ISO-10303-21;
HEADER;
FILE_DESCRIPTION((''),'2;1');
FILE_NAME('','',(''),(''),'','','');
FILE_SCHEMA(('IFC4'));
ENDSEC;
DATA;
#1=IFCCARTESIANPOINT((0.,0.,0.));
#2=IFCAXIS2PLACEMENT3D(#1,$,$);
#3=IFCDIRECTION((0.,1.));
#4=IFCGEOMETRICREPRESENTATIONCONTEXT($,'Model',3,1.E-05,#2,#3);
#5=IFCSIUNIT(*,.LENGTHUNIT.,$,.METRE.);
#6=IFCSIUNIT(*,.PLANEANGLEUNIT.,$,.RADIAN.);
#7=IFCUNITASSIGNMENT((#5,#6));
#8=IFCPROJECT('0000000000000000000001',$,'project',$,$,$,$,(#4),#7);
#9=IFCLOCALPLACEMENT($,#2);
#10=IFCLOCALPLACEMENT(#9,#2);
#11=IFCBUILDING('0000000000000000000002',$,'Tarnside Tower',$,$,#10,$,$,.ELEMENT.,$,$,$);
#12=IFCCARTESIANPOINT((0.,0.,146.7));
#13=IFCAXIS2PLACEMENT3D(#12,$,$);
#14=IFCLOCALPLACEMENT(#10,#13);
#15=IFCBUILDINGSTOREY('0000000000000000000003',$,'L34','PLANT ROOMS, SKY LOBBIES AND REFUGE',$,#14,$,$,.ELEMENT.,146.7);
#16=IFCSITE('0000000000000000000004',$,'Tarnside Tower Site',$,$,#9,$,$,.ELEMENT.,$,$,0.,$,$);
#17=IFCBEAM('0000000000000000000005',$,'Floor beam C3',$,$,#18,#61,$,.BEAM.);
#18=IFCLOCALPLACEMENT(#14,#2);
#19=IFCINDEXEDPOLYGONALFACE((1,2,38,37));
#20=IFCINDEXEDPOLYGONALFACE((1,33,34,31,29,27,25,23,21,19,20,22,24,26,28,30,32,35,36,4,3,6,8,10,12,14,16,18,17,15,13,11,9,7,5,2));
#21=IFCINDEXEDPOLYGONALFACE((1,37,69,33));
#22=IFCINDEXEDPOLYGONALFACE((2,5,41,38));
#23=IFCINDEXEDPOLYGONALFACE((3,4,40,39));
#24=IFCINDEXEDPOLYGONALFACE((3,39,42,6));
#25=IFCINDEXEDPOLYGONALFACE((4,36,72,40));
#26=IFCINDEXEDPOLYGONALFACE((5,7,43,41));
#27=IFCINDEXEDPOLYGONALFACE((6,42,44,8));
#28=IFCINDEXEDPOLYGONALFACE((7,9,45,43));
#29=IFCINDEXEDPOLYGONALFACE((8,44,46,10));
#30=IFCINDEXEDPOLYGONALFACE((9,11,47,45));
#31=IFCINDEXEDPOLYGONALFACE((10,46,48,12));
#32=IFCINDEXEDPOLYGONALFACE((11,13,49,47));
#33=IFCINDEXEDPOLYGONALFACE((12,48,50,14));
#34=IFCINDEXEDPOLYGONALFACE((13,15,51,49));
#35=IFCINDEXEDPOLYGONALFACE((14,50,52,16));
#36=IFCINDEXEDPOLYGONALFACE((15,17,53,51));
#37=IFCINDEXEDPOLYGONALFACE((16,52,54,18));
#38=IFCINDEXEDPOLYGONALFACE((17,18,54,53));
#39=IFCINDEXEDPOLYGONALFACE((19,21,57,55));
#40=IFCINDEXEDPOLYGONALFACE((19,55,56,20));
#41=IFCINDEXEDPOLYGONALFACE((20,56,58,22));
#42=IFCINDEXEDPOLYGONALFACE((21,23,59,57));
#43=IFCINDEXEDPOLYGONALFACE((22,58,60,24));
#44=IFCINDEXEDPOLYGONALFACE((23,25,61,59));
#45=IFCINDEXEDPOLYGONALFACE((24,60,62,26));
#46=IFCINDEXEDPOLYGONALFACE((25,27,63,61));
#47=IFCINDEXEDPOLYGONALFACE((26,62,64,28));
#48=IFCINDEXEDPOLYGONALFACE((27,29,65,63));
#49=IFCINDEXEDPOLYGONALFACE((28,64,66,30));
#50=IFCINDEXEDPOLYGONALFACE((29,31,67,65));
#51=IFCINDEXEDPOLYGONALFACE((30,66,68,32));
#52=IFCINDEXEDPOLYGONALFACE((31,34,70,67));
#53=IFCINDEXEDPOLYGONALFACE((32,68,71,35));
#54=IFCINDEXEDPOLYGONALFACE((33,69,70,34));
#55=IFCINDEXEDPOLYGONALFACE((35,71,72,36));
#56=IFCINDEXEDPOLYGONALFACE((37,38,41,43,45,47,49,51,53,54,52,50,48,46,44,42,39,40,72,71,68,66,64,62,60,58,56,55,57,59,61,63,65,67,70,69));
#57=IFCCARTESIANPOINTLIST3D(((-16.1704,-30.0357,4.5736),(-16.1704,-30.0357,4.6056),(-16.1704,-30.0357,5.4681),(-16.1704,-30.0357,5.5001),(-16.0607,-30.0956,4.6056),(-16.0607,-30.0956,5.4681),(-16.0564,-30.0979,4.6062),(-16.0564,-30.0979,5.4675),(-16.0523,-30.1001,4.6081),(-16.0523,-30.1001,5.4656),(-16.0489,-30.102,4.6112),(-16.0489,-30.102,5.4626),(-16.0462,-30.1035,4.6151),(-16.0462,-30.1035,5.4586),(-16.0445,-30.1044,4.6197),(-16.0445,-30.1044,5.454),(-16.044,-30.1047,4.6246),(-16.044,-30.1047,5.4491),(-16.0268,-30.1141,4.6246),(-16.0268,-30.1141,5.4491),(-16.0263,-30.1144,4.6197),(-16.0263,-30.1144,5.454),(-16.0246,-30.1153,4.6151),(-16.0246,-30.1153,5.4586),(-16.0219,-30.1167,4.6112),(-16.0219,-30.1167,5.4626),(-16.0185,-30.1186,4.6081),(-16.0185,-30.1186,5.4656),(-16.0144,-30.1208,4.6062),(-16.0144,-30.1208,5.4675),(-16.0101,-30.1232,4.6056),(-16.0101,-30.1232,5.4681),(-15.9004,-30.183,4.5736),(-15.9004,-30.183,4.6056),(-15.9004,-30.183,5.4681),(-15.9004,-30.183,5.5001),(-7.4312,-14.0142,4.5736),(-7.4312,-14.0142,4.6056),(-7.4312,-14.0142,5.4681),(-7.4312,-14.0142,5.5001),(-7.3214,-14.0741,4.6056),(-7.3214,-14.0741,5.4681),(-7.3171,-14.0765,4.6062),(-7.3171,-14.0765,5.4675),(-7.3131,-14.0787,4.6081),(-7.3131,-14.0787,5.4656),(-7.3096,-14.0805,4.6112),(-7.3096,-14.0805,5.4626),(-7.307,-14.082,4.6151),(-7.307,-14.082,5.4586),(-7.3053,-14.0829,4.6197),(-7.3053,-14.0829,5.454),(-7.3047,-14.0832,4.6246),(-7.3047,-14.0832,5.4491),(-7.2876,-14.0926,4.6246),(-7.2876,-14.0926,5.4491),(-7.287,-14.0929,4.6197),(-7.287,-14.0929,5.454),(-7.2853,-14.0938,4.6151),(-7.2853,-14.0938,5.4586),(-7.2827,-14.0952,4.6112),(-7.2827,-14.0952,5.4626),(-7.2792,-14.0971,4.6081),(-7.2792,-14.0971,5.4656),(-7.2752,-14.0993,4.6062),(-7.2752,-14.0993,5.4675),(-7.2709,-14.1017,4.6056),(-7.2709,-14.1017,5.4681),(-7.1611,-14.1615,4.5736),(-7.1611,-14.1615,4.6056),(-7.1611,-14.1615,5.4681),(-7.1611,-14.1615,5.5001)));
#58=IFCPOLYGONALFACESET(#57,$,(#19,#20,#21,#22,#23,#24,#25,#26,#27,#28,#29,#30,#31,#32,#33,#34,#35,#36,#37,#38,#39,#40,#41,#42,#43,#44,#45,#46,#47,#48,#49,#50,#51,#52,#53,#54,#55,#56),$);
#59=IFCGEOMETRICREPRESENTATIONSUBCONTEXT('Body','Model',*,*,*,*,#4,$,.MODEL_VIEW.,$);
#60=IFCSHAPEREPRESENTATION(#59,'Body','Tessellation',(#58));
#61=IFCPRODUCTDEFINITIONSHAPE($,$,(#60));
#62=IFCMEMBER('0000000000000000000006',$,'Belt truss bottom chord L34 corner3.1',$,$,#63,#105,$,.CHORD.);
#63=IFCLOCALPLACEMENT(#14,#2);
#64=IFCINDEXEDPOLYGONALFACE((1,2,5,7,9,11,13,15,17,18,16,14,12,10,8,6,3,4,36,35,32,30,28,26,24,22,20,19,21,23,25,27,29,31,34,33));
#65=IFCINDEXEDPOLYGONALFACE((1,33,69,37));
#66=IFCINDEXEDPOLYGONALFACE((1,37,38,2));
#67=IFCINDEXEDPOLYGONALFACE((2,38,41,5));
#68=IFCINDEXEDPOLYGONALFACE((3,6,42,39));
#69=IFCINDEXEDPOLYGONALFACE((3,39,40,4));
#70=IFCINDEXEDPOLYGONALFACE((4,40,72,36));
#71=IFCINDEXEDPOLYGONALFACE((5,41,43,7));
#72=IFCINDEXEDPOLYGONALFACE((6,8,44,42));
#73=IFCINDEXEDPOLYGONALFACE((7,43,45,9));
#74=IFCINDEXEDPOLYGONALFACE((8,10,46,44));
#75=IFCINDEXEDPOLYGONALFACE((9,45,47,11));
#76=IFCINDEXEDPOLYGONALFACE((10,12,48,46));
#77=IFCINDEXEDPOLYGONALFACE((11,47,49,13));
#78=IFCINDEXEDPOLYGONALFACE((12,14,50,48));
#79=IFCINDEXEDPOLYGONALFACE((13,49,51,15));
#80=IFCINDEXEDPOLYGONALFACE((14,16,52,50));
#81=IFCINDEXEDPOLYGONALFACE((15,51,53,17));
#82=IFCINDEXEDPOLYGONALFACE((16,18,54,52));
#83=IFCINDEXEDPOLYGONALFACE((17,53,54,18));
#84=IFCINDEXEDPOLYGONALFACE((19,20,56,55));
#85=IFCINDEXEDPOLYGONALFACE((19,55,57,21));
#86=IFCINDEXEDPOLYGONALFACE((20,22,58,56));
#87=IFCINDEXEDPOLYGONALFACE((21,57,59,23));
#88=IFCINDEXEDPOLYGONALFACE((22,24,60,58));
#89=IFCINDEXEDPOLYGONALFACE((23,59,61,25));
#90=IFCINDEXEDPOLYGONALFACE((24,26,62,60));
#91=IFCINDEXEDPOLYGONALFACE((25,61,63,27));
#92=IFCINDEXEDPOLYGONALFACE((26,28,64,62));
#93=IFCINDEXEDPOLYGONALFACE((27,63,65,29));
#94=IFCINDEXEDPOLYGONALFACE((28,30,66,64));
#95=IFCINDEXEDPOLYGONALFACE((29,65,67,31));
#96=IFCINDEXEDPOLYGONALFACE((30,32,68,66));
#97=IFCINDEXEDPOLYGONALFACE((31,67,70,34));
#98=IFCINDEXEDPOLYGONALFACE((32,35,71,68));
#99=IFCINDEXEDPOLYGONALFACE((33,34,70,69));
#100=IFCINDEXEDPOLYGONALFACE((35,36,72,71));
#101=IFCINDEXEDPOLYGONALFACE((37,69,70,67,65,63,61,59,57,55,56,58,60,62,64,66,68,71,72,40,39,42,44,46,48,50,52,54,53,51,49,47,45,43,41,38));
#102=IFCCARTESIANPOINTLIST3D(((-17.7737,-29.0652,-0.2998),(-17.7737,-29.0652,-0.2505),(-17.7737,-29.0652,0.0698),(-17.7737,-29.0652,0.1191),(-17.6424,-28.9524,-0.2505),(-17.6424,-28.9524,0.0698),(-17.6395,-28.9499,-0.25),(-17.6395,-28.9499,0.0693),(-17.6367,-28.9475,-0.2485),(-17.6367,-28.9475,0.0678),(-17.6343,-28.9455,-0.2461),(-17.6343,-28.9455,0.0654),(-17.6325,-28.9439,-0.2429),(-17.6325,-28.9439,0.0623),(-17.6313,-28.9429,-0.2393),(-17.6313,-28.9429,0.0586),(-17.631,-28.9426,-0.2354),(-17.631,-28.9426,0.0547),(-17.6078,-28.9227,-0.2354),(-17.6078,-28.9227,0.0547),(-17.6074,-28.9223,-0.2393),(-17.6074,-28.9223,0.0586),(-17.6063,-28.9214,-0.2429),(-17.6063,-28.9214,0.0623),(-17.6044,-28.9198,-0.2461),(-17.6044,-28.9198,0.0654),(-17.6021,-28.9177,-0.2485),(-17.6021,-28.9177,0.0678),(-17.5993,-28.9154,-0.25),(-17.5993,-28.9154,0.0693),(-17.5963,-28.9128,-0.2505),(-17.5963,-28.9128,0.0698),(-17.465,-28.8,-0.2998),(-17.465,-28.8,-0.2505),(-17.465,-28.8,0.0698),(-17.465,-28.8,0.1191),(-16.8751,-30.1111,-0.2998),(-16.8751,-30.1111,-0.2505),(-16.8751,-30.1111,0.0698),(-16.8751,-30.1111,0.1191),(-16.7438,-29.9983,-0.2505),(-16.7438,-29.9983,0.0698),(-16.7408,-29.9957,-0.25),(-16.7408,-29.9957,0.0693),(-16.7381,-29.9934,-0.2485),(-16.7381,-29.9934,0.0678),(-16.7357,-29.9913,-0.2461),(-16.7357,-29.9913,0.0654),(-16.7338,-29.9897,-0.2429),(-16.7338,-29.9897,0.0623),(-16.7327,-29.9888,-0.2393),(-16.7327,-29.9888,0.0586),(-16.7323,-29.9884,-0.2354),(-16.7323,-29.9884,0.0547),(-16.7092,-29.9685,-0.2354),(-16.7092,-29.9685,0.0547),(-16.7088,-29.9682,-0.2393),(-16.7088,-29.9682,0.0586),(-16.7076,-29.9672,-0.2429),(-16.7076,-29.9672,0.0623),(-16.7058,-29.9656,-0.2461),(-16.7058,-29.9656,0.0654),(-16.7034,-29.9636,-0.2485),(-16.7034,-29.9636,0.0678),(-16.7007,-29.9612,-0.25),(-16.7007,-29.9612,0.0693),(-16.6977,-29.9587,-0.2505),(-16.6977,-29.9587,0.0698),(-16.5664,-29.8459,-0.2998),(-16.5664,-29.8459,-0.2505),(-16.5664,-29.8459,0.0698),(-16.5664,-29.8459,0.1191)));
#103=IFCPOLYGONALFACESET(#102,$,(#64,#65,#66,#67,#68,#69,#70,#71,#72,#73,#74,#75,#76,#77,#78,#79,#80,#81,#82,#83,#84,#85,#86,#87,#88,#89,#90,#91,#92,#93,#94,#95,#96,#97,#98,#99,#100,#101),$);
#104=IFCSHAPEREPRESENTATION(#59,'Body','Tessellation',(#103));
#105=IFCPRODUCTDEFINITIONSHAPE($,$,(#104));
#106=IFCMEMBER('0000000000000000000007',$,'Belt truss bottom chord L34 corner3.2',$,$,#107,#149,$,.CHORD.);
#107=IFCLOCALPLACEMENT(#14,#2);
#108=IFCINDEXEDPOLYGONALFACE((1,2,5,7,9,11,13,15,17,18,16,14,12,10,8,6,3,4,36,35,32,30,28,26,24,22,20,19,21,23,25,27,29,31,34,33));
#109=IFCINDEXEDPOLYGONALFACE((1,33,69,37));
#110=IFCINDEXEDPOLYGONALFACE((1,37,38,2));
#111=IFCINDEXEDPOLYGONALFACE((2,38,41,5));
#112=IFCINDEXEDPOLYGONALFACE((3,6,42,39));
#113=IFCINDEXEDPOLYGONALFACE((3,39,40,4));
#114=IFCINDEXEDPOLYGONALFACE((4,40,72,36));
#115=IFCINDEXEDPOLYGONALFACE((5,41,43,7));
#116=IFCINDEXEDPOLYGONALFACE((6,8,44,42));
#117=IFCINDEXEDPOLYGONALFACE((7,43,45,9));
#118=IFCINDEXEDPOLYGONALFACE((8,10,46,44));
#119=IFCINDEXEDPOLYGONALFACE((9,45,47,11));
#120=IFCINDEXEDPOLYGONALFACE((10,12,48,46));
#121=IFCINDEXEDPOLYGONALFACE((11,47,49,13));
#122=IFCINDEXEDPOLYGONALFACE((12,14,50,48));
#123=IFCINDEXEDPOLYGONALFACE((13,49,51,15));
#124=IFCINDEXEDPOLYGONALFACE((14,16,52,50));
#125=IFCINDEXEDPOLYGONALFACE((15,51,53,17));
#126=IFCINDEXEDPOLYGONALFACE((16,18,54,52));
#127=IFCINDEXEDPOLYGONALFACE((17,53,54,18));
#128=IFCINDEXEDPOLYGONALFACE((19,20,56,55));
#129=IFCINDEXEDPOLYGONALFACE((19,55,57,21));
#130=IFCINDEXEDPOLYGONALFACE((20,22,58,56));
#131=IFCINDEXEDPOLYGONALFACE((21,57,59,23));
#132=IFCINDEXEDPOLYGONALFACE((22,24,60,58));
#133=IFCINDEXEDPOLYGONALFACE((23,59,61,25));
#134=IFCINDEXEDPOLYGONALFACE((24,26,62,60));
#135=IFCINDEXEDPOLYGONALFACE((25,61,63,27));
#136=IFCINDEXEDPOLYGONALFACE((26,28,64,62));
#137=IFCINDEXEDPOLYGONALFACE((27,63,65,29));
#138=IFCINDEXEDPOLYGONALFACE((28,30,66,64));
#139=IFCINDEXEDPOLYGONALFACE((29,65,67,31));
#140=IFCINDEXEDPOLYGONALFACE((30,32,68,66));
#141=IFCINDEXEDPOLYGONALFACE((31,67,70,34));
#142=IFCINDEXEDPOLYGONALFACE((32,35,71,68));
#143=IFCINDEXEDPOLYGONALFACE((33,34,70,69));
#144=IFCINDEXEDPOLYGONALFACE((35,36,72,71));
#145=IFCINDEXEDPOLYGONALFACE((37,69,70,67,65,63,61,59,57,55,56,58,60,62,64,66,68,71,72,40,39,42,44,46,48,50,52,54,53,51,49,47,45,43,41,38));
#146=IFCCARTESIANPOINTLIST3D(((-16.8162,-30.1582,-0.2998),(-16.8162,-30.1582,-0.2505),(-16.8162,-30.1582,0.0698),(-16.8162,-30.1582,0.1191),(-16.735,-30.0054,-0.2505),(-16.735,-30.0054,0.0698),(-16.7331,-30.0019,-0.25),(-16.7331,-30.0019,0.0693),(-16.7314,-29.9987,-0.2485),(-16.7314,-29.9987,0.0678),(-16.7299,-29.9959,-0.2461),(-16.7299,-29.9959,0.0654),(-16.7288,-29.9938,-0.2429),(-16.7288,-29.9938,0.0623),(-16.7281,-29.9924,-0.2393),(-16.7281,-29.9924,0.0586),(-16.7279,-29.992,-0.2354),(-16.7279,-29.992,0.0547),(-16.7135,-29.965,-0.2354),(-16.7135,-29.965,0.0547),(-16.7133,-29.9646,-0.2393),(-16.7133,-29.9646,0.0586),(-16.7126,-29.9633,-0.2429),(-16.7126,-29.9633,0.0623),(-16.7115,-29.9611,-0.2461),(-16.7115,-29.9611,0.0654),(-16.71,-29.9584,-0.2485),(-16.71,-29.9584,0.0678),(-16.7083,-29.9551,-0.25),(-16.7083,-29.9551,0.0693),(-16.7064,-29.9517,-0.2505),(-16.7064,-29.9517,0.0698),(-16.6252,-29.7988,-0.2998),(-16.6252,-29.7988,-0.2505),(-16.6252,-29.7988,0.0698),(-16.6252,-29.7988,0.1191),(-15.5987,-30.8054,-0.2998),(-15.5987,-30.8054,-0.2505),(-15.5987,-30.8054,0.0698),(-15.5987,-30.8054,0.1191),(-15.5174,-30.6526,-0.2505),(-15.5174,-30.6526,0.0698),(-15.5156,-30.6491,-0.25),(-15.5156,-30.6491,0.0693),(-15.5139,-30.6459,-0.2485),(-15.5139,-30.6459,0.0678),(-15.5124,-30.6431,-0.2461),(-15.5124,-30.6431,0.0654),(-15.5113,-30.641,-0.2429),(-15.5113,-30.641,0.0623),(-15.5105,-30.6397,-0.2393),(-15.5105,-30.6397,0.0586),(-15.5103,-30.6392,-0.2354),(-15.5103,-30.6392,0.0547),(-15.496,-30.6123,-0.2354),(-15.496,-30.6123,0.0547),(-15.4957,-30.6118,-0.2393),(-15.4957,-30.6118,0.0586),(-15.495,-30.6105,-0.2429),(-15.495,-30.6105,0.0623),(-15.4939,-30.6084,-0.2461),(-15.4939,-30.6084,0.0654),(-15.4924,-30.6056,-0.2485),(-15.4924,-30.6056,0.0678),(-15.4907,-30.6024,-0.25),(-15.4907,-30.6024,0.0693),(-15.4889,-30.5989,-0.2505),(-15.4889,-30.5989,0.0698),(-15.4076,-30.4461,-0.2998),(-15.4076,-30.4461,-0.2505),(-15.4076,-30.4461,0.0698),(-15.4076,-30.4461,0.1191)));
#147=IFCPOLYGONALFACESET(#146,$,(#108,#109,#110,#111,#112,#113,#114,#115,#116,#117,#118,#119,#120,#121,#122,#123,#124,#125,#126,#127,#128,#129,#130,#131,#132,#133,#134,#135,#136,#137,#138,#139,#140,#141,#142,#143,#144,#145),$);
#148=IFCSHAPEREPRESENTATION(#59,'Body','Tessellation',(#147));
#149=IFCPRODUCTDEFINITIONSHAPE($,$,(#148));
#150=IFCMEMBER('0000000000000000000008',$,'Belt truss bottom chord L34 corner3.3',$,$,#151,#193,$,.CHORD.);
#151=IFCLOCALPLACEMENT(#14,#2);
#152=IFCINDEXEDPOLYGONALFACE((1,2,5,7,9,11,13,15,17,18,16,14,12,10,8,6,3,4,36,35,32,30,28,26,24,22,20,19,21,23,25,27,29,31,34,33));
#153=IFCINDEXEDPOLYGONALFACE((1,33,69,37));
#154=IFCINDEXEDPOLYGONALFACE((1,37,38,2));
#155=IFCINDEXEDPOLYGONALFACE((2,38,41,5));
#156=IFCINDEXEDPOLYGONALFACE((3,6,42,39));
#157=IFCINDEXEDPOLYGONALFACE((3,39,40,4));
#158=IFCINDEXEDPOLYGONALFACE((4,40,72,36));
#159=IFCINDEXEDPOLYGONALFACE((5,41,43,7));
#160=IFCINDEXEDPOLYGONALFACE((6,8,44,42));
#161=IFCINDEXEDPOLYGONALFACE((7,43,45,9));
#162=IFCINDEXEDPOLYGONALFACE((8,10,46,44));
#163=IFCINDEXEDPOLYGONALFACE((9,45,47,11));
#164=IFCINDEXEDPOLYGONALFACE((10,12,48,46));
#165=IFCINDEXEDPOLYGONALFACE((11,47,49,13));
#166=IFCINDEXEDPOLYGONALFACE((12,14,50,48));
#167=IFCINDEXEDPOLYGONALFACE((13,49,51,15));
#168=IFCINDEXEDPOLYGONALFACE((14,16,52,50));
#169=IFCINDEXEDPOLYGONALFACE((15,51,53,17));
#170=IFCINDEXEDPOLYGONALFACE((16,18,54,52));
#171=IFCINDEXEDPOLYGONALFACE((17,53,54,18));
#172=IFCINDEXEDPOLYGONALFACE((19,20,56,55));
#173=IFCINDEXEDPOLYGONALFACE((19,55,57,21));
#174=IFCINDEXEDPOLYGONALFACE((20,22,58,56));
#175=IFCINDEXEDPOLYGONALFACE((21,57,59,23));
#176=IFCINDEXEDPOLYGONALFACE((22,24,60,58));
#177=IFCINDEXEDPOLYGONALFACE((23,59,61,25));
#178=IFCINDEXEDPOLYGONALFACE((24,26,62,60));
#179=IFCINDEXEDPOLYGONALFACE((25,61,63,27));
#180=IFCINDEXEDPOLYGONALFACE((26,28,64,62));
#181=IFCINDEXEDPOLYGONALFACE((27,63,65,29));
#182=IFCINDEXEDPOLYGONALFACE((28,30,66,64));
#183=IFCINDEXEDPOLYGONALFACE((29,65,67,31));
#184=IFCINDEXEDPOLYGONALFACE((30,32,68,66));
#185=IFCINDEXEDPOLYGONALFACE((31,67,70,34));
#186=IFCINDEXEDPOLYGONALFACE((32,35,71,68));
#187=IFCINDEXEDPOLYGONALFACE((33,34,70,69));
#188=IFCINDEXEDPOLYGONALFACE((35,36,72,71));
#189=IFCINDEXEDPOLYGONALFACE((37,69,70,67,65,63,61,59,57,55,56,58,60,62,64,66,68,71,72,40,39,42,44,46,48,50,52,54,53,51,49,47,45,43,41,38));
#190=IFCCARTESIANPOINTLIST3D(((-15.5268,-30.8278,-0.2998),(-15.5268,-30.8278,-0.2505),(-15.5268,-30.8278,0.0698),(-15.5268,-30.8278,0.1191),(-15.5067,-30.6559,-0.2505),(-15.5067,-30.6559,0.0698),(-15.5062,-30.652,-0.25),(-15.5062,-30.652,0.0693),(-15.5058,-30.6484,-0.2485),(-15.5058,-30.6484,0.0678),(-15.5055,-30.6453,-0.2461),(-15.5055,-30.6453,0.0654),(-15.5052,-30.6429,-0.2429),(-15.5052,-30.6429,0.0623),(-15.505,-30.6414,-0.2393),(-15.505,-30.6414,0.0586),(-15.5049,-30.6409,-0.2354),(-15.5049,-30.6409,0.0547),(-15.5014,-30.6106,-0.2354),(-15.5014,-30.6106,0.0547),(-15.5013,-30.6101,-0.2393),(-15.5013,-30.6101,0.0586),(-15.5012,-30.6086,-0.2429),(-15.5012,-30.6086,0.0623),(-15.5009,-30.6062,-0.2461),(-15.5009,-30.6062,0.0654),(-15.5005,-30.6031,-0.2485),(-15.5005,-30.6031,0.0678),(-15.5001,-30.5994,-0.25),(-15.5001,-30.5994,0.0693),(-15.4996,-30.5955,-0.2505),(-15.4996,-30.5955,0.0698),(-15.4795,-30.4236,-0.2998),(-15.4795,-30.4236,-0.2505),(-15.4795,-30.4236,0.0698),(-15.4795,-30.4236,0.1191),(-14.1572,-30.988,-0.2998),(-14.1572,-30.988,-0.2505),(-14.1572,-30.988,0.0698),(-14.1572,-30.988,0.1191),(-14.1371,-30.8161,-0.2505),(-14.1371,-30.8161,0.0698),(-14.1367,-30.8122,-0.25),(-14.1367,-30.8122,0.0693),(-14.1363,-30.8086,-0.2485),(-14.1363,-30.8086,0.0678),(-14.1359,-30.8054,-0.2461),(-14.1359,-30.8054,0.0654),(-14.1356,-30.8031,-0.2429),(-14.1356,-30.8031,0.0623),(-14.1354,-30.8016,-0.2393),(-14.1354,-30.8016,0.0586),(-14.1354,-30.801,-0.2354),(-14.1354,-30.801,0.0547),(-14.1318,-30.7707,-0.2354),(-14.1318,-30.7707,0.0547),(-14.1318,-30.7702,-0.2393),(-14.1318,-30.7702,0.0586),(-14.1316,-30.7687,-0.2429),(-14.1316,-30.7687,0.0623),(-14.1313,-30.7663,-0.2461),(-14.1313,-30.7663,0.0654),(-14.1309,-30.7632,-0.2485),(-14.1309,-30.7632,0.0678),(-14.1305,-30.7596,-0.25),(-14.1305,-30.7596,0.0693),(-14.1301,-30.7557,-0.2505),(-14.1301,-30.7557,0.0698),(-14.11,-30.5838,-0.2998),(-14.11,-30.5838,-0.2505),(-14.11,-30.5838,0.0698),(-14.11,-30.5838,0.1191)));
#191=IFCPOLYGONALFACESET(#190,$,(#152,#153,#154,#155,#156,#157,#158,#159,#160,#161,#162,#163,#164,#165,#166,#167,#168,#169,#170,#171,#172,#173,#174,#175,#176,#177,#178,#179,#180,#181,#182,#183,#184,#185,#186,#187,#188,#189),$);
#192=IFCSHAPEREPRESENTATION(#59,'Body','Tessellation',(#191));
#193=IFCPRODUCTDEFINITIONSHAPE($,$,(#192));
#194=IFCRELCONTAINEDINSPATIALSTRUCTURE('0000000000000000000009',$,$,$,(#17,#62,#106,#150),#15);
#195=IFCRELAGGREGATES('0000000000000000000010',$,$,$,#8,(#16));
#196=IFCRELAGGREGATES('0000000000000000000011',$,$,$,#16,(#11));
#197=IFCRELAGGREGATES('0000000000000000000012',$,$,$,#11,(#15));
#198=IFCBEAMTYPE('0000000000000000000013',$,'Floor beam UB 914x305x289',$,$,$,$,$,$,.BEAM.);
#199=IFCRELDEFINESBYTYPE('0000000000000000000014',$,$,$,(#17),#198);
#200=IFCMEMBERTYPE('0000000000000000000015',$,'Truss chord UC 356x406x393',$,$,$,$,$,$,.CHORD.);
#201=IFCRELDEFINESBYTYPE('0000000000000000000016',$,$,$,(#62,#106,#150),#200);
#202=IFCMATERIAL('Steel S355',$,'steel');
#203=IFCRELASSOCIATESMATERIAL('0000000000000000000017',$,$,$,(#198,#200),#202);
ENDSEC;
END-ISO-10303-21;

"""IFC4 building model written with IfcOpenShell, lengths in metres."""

from ifc_helpers import new_model, si_unit, direction, frame, origin, origin_2d, place, context, subcontext, project, spatial, i_section, extrude, material, material_profile, profile_set, type_object, element, save


model = new_model("IFC4")

# Units and contexts
model_context = context("Model", 3, precision=1e-05, world=origin(), true_north=direction((0.0, 1.0)))
body_context = subcontext(model_context, "Body", "Model", "MODEL_VIEW")
ifc_project = project(units=[si_unit("LENGTHUNIT", "METRE"), si_unit("PLANEANGLEUNIT", "RADIAN")], contexts=[model_context])

# Site, building, storey
site_placement = place(None, origin())
site = spatial("IfcSite", under=ifc_project, at=site_placement, Name="Tarnside Tower Site", CompositionType="ELEMENT", RefElevation=0.0)
building_placement = place(site_placement, origin())
building = spatial("IfcBuilding", under=site, at=building_placement, Name="Tarnside Tower", CompositionType="ELEMENT")
storey_placement = place(building_placement, frame((0.0, 0.0, 146.7)))
storey = spatial("IfcBuildingStorey", under=building, at=storey_placement, Name="L34", Description="PLANT ROOMS, SKY LOBBIES AND REFUGE", CompositionType="ELEMENT", Elevation=146.7)

# Beam
ifc_material_1 = material(Name="Steel S355", Category="steel")
ifc_material_profile_1 = material_profile(ifc_material_1, i_section(OverallWidth=0.3076, OverallDepth=0.9265, WebThickness=0.0195, FlangeThickness=0.032, FilletRadius=0.019, at=origin_2d()), Name="UB 914x305x289")
ifc_profile_set_1 = profile_set([ifc_material_profile_1], Name="Steel S355")
beam_type = type_object("IfcBeamType", Name="Floor beam UB 914x305x289", PredefinedType="BEAM", material=ifc_profile_set_1)
beam_placement = place(storey_placement, frame((-16.0354, -30.1094, 5.0369), z_axis=(0.478863, 0.877889, 0.0), x_axis=(-0.877889, 0.478863, 0.0)))
element("IfcBeam", 1, at=beam_placement, inside=storey, type_object=beam_type, Name="Floor beam C3", PredefinedType="BEAM", context=body_context, shape_type="SweptSolid", body=[
    extrude(i_section(OverallWidth=0.3076, OverallDepth=0.9265, WebThickness=0.0195, FlangeThickness=0.032, FilletRadius=0.019, at=origin_2d()), origin(), (0.0, 0.0, 1.0), 18.25),
])

# Members
ifc_material_profile_2 = material_profile(ifc_material_1, i_section(OverallWidth=0.407, OverallDepth=0.4189, WebThickness=0.0305, FlangeThickness=0.0493, FilletRadius=0.0151, at=origin_2d()), Name="UC 356x406x393")
ifc_profile_set_2 = profile_set([ifc_material_profile_2], Name="Steel S355")
member_type_1 = type_object("IfcMemberType", Name="Truss chord UC 356x406x393", PredefinedType="CHORD", material=ifc_profile_set_2)
for number, where, z_axis, x_axis, name in (
    (2, (-17.6194, -28.9326, -0.0903), (0.651709, -0.758469, 0.0), (0.758469, 0.651709, 0.0), "Belt truss bottom chord L34 corner3.1"),
    (3, (-16.7207, -29.9785, -0.0903), (0.882994, -0.469384, 0.0), (0.469384, 0.882994, 0.0), "Belt truss bottom chord L34 corner3.2"),
    (4, (-15.5032, -30.6257, -0.0903), (0.993233, -0.116143, 0.0), (0.116143, 0.993233, 0.0), "Belt truss bottom chord L34 corner3.3"),
):
    element("IfcMember", number, at=place(storey_placement, frame(where, z_axis=z_axis, x_axis=x_axis)), inside=storey, type_object=member_type_1, Name=name, PredefinedType="CHORD", context=body_context, shape_type="SweptSolid", body=[
        extrude(i_section(OverallWidth=0.407, OverallDepth=0.4189, WebThickness=0.0305, FlangeThickness=0.0493, FilletRadius=0.0151, at=origin_2d()), origin(), (0.0, 0.0, 1.0), 1.3789),
    ])

save(model, "model.ifc")
